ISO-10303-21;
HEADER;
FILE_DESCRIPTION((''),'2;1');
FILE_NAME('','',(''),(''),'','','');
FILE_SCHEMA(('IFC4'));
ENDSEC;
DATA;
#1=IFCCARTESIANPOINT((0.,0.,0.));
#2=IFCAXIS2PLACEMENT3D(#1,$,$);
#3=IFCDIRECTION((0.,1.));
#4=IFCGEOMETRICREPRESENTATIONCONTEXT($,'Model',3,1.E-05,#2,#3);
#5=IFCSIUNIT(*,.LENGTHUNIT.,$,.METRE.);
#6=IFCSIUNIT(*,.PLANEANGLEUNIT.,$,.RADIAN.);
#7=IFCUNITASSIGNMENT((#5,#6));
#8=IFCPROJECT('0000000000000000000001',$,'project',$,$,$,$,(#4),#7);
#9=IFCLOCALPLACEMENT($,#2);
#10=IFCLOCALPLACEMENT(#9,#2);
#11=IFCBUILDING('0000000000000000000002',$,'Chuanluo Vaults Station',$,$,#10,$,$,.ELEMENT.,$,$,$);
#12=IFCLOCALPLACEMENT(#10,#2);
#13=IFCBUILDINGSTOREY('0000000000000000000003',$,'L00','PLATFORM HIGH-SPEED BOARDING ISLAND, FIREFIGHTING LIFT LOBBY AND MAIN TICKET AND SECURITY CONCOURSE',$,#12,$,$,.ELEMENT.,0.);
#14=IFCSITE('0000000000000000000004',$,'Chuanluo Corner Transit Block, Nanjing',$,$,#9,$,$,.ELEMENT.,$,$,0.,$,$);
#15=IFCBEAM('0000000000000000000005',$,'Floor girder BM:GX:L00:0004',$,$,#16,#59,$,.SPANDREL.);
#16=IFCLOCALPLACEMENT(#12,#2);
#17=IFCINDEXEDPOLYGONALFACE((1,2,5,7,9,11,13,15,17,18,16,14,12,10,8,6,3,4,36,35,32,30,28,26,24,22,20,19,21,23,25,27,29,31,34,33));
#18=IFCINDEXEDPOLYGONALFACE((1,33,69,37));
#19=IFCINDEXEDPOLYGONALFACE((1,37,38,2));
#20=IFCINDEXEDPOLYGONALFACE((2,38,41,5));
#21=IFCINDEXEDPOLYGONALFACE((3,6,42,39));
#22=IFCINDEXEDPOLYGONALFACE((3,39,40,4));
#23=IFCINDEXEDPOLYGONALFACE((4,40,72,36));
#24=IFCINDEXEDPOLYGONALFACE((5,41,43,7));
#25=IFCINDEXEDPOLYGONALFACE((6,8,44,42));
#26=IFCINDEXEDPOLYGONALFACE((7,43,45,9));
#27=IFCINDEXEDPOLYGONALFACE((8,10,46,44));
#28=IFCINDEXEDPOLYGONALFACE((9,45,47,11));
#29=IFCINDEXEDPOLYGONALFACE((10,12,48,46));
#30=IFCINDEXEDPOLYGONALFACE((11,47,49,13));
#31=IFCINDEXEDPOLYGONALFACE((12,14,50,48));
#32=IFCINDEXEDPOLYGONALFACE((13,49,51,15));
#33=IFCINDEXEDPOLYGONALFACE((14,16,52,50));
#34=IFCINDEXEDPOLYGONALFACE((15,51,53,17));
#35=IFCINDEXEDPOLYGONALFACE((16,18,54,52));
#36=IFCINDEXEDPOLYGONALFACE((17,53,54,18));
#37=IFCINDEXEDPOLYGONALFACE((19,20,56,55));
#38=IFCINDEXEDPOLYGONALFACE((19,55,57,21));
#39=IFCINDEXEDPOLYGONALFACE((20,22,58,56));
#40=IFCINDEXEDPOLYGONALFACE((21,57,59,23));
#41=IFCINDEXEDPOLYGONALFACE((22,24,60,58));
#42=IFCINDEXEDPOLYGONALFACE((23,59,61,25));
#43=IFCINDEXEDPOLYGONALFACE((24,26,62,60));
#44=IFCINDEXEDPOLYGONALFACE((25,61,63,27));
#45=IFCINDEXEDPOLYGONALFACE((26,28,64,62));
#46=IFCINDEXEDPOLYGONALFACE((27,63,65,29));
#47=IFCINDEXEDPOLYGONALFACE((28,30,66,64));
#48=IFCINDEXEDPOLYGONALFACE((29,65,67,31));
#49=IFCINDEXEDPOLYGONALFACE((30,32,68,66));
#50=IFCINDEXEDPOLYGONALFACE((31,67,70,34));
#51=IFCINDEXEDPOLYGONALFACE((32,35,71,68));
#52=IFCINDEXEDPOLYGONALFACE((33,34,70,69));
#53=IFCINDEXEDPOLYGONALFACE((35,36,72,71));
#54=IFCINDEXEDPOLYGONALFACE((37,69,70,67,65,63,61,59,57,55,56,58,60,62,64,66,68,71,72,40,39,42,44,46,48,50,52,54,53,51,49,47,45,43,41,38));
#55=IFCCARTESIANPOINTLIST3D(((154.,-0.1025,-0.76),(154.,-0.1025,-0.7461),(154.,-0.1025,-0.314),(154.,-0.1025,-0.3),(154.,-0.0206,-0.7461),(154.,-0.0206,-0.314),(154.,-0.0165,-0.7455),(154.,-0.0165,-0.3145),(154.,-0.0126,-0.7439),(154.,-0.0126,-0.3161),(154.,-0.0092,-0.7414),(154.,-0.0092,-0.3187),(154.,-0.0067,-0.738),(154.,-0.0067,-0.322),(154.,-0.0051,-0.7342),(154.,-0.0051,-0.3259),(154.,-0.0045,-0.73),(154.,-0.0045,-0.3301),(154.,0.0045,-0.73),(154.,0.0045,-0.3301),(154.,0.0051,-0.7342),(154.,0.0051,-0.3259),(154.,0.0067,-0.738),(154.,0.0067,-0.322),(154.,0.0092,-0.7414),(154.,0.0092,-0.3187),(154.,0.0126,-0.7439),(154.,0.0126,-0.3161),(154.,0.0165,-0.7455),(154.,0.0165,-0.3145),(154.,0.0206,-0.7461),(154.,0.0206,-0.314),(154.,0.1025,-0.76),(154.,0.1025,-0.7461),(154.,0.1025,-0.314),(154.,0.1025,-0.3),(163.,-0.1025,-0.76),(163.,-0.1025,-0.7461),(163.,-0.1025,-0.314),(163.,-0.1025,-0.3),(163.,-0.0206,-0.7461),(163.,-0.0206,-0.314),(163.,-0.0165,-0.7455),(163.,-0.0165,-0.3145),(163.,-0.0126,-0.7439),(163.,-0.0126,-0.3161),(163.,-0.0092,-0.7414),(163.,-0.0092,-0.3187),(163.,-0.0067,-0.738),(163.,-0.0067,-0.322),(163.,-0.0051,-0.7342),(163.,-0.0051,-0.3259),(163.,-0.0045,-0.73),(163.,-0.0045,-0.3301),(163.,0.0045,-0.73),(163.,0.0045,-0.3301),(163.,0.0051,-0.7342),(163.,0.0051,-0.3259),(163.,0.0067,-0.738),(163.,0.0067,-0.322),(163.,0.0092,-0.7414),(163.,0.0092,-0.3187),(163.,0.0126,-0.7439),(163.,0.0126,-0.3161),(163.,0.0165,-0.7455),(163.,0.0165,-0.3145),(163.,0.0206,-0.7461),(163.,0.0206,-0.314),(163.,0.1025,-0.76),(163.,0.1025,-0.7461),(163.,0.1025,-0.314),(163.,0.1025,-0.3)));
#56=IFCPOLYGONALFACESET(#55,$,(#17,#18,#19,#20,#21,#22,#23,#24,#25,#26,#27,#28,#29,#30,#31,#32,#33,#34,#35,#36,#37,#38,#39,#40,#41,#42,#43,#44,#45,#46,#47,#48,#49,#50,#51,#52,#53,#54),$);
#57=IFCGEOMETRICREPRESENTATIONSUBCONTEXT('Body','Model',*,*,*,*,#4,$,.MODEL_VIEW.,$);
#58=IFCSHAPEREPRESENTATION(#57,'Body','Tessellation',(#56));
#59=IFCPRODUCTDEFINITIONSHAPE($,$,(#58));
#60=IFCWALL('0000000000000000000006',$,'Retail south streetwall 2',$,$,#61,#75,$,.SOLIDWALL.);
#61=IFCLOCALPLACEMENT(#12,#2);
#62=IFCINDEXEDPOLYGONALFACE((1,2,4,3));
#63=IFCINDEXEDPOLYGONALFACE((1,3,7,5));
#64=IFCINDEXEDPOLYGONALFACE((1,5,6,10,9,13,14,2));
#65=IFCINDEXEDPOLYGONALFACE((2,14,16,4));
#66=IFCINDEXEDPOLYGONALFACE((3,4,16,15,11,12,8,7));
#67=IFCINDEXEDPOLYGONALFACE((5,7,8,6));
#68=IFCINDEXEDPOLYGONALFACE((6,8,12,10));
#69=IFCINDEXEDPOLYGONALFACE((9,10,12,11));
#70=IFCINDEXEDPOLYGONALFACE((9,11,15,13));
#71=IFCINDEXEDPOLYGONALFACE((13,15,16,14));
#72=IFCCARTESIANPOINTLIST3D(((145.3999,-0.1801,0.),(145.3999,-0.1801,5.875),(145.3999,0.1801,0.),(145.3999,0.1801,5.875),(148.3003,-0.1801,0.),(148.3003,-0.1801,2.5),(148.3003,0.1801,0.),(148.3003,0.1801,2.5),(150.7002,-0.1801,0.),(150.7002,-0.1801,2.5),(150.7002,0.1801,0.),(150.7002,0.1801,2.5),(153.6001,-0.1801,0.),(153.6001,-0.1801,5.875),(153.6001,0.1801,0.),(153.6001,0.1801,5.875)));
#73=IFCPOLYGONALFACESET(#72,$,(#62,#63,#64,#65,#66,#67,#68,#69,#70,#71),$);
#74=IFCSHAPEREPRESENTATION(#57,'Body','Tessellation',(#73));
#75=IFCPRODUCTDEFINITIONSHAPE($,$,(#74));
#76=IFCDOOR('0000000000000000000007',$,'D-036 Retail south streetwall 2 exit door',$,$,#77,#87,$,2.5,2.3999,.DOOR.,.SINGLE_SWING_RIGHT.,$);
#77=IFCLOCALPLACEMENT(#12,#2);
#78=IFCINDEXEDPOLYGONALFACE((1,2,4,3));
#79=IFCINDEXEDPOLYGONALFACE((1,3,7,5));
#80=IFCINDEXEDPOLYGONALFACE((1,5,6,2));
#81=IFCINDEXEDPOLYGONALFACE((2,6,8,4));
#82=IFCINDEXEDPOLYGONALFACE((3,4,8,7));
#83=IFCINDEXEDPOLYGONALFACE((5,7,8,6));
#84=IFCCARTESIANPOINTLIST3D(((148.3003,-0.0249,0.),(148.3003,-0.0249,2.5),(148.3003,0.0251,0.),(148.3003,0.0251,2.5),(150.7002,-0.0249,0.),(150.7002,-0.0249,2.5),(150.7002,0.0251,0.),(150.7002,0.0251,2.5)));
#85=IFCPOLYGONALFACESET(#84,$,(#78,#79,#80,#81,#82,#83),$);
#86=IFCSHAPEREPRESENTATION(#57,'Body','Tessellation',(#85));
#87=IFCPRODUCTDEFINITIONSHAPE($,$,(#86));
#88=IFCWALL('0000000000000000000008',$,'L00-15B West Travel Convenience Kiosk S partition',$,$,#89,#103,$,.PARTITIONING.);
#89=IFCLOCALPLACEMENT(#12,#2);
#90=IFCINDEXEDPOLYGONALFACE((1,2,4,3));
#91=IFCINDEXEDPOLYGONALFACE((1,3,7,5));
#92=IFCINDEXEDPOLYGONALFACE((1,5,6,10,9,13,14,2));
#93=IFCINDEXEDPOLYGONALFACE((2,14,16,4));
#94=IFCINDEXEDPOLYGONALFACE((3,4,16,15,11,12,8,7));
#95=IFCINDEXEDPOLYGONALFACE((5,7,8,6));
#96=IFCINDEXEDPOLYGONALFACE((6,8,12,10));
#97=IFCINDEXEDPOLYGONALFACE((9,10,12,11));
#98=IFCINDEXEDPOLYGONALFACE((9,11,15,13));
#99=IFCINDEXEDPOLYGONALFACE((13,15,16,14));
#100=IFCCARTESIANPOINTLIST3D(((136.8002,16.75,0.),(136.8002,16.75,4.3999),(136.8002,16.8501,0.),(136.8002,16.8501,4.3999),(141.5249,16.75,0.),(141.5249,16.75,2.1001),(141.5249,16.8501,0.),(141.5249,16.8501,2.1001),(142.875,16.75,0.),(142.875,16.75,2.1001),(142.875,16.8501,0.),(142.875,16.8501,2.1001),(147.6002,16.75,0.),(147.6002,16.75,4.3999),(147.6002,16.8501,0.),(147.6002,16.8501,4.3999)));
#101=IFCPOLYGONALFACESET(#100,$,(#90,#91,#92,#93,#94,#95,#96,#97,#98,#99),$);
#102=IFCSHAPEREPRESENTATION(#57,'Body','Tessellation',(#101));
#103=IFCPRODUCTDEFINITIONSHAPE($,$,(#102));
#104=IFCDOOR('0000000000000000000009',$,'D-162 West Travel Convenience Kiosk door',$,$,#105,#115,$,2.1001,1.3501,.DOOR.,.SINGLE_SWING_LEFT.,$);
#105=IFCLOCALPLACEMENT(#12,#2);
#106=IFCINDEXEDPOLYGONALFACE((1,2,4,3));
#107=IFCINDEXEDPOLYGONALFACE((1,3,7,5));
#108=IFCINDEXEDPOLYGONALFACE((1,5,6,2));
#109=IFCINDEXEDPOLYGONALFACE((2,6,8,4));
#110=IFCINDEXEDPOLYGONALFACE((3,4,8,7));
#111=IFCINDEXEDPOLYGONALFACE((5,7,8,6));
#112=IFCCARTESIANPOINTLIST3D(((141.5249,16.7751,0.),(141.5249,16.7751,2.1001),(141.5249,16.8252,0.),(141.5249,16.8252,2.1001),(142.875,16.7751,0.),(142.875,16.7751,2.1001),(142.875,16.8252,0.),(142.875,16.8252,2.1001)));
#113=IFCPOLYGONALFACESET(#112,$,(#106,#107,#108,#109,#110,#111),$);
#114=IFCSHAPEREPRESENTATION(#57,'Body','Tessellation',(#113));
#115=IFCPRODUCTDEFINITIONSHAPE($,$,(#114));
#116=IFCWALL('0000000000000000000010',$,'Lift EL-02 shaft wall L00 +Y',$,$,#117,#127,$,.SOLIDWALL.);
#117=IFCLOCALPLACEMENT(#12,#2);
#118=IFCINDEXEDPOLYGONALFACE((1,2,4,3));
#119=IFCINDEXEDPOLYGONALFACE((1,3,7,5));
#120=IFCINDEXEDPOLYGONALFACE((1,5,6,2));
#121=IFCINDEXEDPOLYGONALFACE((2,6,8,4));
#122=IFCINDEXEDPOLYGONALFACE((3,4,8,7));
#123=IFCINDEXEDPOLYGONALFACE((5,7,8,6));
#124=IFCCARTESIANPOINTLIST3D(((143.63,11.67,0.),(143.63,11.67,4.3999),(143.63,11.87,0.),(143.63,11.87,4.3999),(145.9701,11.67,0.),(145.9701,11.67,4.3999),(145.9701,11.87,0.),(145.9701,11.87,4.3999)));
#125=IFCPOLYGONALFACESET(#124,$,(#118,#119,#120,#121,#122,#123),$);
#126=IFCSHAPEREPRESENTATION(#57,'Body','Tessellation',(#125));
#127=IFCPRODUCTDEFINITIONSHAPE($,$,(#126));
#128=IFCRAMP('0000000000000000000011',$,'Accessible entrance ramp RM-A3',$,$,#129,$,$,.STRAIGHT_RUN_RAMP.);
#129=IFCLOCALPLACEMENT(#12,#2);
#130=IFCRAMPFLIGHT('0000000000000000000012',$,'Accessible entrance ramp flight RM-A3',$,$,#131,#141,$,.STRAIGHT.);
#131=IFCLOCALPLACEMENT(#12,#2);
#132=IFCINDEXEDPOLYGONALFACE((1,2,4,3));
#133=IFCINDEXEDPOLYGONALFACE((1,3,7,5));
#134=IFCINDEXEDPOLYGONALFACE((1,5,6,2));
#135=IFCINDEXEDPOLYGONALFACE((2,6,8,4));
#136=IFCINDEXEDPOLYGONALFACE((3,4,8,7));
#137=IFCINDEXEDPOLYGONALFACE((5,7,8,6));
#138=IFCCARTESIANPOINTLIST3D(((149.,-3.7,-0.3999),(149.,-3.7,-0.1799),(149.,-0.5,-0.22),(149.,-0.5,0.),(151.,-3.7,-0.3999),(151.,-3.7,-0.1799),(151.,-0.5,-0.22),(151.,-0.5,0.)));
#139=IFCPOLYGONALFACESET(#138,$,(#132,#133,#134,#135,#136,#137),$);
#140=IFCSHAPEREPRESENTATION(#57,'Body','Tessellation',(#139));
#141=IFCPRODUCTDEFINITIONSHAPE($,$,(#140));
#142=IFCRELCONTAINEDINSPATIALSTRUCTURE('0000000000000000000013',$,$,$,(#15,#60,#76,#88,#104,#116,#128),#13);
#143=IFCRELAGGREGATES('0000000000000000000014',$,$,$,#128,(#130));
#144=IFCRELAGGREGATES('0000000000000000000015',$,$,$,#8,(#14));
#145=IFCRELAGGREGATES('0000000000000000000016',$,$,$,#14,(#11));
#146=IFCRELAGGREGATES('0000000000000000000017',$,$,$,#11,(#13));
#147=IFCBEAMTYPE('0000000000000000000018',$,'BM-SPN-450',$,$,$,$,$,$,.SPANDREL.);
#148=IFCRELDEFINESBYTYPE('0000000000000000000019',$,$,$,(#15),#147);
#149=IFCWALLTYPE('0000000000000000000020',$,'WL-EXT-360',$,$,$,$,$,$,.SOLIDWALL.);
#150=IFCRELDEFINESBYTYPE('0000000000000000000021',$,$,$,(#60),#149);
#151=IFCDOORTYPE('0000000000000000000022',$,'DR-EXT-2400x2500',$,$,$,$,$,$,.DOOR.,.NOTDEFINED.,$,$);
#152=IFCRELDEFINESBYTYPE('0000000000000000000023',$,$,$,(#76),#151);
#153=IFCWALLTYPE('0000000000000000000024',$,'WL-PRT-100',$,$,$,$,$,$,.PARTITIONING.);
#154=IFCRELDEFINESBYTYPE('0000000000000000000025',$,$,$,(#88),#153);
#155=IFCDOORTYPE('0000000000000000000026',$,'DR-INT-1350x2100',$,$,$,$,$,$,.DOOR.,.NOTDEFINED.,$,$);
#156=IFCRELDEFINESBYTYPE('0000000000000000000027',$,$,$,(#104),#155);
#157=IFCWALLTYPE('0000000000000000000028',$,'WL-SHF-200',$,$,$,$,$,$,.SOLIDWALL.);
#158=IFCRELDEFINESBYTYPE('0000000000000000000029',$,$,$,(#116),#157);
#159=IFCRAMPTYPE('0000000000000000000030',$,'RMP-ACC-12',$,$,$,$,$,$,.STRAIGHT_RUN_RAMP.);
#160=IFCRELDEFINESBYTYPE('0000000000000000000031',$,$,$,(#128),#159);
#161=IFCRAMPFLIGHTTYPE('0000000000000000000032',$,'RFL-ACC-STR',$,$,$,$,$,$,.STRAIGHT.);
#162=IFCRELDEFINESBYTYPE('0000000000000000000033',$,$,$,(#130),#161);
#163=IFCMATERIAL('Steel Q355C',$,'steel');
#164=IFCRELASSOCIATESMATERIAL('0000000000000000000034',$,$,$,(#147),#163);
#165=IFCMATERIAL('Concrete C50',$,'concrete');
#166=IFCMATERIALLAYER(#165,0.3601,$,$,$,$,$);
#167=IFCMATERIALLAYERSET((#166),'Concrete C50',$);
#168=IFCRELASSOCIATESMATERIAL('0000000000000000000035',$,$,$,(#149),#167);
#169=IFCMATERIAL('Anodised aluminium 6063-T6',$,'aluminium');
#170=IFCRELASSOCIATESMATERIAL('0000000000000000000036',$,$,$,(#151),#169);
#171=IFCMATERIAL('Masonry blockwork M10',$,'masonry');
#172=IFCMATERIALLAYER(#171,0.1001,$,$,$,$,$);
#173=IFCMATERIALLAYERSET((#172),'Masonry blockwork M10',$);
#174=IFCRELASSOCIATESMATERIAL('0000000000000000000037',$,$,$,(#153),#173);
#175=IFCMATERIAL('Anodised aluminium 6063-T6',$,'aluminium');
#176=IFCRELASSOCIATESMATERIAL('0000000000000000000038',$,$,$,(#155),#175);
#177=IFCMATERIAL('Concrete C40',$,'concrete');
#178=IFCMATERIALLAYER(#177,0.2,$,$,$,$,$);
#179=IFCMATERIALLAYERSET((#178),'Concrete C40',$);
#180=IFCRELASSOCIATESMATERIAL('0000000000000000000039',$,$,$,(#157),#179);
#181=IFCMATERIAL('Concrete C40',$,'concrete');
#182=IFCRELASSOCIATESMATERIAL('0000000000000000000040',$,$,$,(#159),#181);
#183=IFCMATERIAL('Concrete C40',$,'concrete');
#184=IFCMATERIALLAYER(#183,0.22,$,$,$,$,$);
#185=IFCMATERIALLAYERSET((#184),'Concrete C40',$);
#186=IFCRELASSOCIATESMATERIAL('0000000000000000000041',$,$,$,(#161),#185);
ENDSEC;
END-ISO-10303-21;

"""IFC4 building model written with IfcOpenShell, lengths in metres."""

from ifc_helpers import new_model, si_unit, direction, frame, frame_2d, origin, origin_2d, place, context, subcontext, project, spatial, polyline, rectangle, i_section, outline, extrude, material, layer, layer_set, material_profile, profile_set, type_object, element, fill, aggregate, save


model = new_model("IFC4")

# Units and contexts
model_context = context("Model", 3, precision=1e-05, world=origin(), true_north=direction((0.0, 1.0)))
body_context = subcontext(model_context, "Body", "Model", "MODEL_VIEW")
ifc_project = project(units=[si_unit("LENGTHUNIT", "METRE"), si_unit("PLANEANGLEUNIT", "RADIAN")], contexts=[model_context])

# Site, building, storey
site_placement = place(None, origin())
site = spatial("IfcSite", under=ifc_project, at=site_placement, Name="Chuanluo Corner Transit Block, Nanjing", CompositionType="ELEMENT", RefElevation=0.0)
building_placement = place(site_placement, origin())
building = spatial("IfcBuilding", under=site, at=building_placement, Name="Chuanluo Vaults Station", CompositionType="ELEMENT")
storey_placement = place(building_placement, origin())
storey = spatial("IfcBuildingStorey", under=building, at=storey_placement, Name="L00", Description="PLATFORM HIGH-SPEED BOARDING ISLAND, FIREFIGHTING LIFT LOBBY AND MAIN TICKET AND SECURITY CONCOURSE", CompositionType="ELEMENT", Elevation=0.0)

# Beam
ifc_material_1 = material(Name="Steel Q355C", Category="steel")
ifc_material_profile_1 = material_profile(ifc_material_1, i_section(OverallWidth=0.2051, OverallDepth=0.46, WebThickness=0.009, FlangeThickness=0.0139, FilletRadius=0.0161, at=origin_2d()))
ifc_profile_set_1 = profile_set([ifc_material_profile_1], Name="Steel Q355C")
beam_type_1 = type_object("IfcBeamType", Name="BM-SPN-450", PredefinedType="SPANDREL", material=ifc_profile_set_1)
beam_1_placement = place(storey_placement, frame((154.0, 0.0, -0.53), z_axis=(1.0, 0.0, 0.0), x_axis=(0.0, 1.0, 0.0)))
element("IfcBeam", 1, at=beam_1_placement, inside=storey, type_object=beam_type_1, Name="Floor girder BM:GX:L00:0004", PredefinedType="SPANDREL", context=body_context, shape_type="SweptSolid", body=[
    extrude(i_section(OverallWidth=0.2051, OverallDepth=0.46, WebThickness=0.009, FlangeThickness=0.0139, FilletRadius=0.0161, at=origin_2d()), origin(), (0.0, 0.0, 1.0), 9.0),
])

# Walls, openings, doors
ifc_material_2 = material(Name="Concrete C50", Category="concrete")
ifc_layer_1 = layer(ifc_material_2, 0.3601)
ifc_layer_set_1 = layer_set([ifc_layer_1], Name="Concrete C50")
wall_type_1 = type_object("IfcWallType", Name="WL-EXT-360", PredefinedType="SOLIDWALL", material=ifc_layer_set_1)
wall_1_placement = place(storey_placement, frame((153.6001, 0.0, 0.0), z_axis=(0.0, 0.0, 1.0), x_axis=(-1.0, 0.0, 0.0)))
wall_1 = element("IfcWall", 2, at=wall_1_placement, inside=storey, type_object=wall_type_1, Name="Retail south streetwall 2", PredefinedType="SOLIDWALL", context=body_context, shape_type="SweptSolid", body=[
    extrude(rectangle(XDim=8.2002, YDim=0.3601, at=frame_2d((4.1001, 0.0))), origin(), (0.0, 0.0, 1.0), 5.875),
])
opening_1_placement = place(wall_1_placement, frame((2.8999, 0.0, 0.0)))
opening_1 = element("IfcOpeningElement", 3, at=opening_1_placement, cuts=wall_1, PredefinedType="OPENING", context=body_context, shape_type="SweptSolid", body=[
    extrude(rectangle(XDim=2.3999, YDim=2.5, at=frame_2d((1.2, 1.25))), frame((0.0, 0.1902, 0.0), z_axis=(0.0, -1.0, 0.0), x_axis=(1.0, 0.0, 0.0)), (0.0, 0.0, 1.0), 0.3801),
])
ifc_material_3 = material(Name="Anodised aluminium 6063-T6", Category="aluminium")
door_type_1 = type_object("IfcDoorType", Name="DR-EXT-2400x2500", OperationType="NOTDEFINED", PredefinedType="DOOR", material=ifc_material_3)
door_1_placement = place(opening_1_placement, origin())
door_1 = element("IfcDoor", 4, at=door_1_placement, inside=storey, type_object=door_type_1, Name="D-036 Retail south streetwall 2 exit door", OperationType="SINGLE_SWING_RIGHT", OverallHeight=2.5, OverallWidth=2.3999, PredefinedType="DOOR", context=body_context, shape_type="SweptSolid", body=[
    extrude(rectangle(XDim=2.3999, YDim=2.5, at=frame_2d((1.2, 1.25))), frame((0.0, 0.0249, 0.0), z_axis=(0.0, -1.0, 0.0), x_axis=(1.0, 0.0, 0.0)), (0.0, 0.0, 1.0), 0.05),
])
fill(opening_1, door_1)
ifc_material_4 = material(Name="Masonry blockwork M10", Category="masonry")
ifc_layer_2 = layer(ifc_material_4, 0.1001)
ifc_layer_set_2 = layer_set([ifc_layer_2], Name="Masonry blockwork M10")
wall_type_2 = type_object("IfcWallType", Name="WL-PRT-100", PredefinedType="PARTITIONING", material=ifc_layer_set_2)
wall_2_placement = place(storey_placement, frame((147.6001, 16.8, 0.0), z_axis=(0.0, 0.0, 1.0), x_axis=(-1.0, 0.0, 0.0)))
wall_2 = element("IfcWall", 5, at=wall_2_placement, inside=storey, type_object=wall_type_2, Name="L00-15B West Travel Convenience Kiosk S partition", PredefinedType="PARTITIONING", context=body_context, shape_type="SweptSolid", body=[
    extrude(rectangle(XDim=10.8, YDim=0.1001, at=frame_2d((5.3999, 0.0))), origin(), (0.0, 0.0, 1.0), 4.3999),
])
opening_2_placement = place(wall_2_placement, frame((4.7251, 0.0, 0.0)))
opening_2 = element("IfcOpeningElement", 6, at=opening_2_placement, cuts=wall_2, PredefinedType="OPENING", context=body_context, shape_type="SweptSolid", body=[
    extrude(rectangle(XDim=1.3501, YDim=2.1001, at=frame_2d((0.675, 1.05))), frame((0.0, 0.06, 0.0), z_axis=(0.0, -1.0, 0.0), x_axis=(1.0, 0.0, 0.0)), (0.0, 0.0, 1.0), 0.1201),
])
ifc_material_5 = material(Name="Anodised aluminium 6063-T6", Category="aluminium")
door_type_2 = type_object("IfcDoorType", Name="DR-INT-1350x2100", OperationType="NOTDEFINED", PredefinedType="DOOR", material=ifc_material_5)
door_2_placement = place(opening_2_placement, origin())
door_2 = element("IfcDoor", 7, at=door_2_placement, inside=storey, type_object=door_type_2, Name="D-162 West Travel Convenience Kiosk door", OperationType="SINGLE_SWING_LEFT", OverallHeight=2.1001, OverallWidth=1.3501, PredefinedType="DOOR", context=body_context, shape_type="SweptSolid", body=[
    extrude(rectangle(XDim=1.3501, YDim=2.1001, at=frame_2d((0.675, 1.05))), frame((0.0, 0.0249, 0.0), z_axis=(0.0, -1.0, 0.0), x_axis=(1.0, 0.0, 0.0)), (0.0, 0.0, 1.0), 0.05),
])
fill(opening_2, door_2)

# Wall
ifc_material_6 = material(Name="Concrete C40", Category="concrete")
ifc_layer_3 = layer(ifc_material_6, 0.2)
ifc_layer_set_3 = layer_set([ifc_layer_3], Name="Concrete C40")
wall_type_3 = type_object("IfcWallType", Name="WL-SHF-200", PredefinedType="SOLIDWALL", material=ifc_layer_set_3)
wall_3_placement = place(storey_placement, frame((145.97, 11.77, 0.0), z_axis=(0.0, 0.0, 1.0), x_axis=(-1.0, 0.0, 0.0)))
element("IfcWall", 8, at=wall_3_placement, inside=storey, type_object=wall_type_3, Name="Lift EL-02 shaft wall L00 +Y", PredefinedType="SOLIDWALL", context=body_context, shape_type="SweptSolid", body=[
    extrude(rectangle(XDim=2.3401, YDim=0.2, at=frame_2d((1.1699, 0.0))), origin(), (0.0, 0.0, 1.0), 4.3999),
])

# Ramp, ramp flight
ifc_material_7 = material(Name="Concrete C40", Category="concrete")
ramp_type = type_object("IfcRampType", Name="RMP-ACC-12", PredefinedType="STRAIGHT_RUN_RAMP", material=ifc_material_7)
ramp_placement = place(storey_placement, origin())
ramp = element("IfcRamp", 9, at=ramp_placement, inside=storey, type_object=ramp_type, Name="Accessible entrance ramp RM-A3", PredefinedType="STRAIGHT_RUN_RAMP")
ifc_material_8 = material(Name="Concrete C40", Category="concrete")
ifc_layer_4 = layer(ifc_material_8, 0.22)
ifc_layer_set_4 = layer_set([ifc_layer_4], Name="Concrete C40")
ramp_flight_type = type_object("IfcRampFlightType", Name="RFL-ACC-STR", PredefinedType="STRAIGHT", material=ifc_layer_set_4)
ramp_flight_placement = place(storey_placement, frame((150.0, -3.7, -0.1799), z_axis=(0.0, 0.0, 1.0), x_axis=(0.0, 1.0, 0.0)))
ramp_flight = element("IfcRampFlight", 10, at=ramp_flight_placement, type_object=ramp_flight_type, Name="Accessible entrance ramp flight RM-A3", PredefinedType="STRAIGHT", context=body_context, shape_type="SweptSolid", body=[
    extrude(outline(polyline([(0.0, 0.0), (3.2, 0.1799), (3.2, -0.04), (0.0, -0.22), (0.0, 0.0)])), frame((0.0, 1.0, 0.0), z_axis=(0.0, -1.0, 0.0), x_axis=(1.0, 0.0, 0.0)), (0.0, 0.0, 1.0), 2.0),
])
aggregate(ramp, [ramp_flight])

save(model, "model.ifc")
